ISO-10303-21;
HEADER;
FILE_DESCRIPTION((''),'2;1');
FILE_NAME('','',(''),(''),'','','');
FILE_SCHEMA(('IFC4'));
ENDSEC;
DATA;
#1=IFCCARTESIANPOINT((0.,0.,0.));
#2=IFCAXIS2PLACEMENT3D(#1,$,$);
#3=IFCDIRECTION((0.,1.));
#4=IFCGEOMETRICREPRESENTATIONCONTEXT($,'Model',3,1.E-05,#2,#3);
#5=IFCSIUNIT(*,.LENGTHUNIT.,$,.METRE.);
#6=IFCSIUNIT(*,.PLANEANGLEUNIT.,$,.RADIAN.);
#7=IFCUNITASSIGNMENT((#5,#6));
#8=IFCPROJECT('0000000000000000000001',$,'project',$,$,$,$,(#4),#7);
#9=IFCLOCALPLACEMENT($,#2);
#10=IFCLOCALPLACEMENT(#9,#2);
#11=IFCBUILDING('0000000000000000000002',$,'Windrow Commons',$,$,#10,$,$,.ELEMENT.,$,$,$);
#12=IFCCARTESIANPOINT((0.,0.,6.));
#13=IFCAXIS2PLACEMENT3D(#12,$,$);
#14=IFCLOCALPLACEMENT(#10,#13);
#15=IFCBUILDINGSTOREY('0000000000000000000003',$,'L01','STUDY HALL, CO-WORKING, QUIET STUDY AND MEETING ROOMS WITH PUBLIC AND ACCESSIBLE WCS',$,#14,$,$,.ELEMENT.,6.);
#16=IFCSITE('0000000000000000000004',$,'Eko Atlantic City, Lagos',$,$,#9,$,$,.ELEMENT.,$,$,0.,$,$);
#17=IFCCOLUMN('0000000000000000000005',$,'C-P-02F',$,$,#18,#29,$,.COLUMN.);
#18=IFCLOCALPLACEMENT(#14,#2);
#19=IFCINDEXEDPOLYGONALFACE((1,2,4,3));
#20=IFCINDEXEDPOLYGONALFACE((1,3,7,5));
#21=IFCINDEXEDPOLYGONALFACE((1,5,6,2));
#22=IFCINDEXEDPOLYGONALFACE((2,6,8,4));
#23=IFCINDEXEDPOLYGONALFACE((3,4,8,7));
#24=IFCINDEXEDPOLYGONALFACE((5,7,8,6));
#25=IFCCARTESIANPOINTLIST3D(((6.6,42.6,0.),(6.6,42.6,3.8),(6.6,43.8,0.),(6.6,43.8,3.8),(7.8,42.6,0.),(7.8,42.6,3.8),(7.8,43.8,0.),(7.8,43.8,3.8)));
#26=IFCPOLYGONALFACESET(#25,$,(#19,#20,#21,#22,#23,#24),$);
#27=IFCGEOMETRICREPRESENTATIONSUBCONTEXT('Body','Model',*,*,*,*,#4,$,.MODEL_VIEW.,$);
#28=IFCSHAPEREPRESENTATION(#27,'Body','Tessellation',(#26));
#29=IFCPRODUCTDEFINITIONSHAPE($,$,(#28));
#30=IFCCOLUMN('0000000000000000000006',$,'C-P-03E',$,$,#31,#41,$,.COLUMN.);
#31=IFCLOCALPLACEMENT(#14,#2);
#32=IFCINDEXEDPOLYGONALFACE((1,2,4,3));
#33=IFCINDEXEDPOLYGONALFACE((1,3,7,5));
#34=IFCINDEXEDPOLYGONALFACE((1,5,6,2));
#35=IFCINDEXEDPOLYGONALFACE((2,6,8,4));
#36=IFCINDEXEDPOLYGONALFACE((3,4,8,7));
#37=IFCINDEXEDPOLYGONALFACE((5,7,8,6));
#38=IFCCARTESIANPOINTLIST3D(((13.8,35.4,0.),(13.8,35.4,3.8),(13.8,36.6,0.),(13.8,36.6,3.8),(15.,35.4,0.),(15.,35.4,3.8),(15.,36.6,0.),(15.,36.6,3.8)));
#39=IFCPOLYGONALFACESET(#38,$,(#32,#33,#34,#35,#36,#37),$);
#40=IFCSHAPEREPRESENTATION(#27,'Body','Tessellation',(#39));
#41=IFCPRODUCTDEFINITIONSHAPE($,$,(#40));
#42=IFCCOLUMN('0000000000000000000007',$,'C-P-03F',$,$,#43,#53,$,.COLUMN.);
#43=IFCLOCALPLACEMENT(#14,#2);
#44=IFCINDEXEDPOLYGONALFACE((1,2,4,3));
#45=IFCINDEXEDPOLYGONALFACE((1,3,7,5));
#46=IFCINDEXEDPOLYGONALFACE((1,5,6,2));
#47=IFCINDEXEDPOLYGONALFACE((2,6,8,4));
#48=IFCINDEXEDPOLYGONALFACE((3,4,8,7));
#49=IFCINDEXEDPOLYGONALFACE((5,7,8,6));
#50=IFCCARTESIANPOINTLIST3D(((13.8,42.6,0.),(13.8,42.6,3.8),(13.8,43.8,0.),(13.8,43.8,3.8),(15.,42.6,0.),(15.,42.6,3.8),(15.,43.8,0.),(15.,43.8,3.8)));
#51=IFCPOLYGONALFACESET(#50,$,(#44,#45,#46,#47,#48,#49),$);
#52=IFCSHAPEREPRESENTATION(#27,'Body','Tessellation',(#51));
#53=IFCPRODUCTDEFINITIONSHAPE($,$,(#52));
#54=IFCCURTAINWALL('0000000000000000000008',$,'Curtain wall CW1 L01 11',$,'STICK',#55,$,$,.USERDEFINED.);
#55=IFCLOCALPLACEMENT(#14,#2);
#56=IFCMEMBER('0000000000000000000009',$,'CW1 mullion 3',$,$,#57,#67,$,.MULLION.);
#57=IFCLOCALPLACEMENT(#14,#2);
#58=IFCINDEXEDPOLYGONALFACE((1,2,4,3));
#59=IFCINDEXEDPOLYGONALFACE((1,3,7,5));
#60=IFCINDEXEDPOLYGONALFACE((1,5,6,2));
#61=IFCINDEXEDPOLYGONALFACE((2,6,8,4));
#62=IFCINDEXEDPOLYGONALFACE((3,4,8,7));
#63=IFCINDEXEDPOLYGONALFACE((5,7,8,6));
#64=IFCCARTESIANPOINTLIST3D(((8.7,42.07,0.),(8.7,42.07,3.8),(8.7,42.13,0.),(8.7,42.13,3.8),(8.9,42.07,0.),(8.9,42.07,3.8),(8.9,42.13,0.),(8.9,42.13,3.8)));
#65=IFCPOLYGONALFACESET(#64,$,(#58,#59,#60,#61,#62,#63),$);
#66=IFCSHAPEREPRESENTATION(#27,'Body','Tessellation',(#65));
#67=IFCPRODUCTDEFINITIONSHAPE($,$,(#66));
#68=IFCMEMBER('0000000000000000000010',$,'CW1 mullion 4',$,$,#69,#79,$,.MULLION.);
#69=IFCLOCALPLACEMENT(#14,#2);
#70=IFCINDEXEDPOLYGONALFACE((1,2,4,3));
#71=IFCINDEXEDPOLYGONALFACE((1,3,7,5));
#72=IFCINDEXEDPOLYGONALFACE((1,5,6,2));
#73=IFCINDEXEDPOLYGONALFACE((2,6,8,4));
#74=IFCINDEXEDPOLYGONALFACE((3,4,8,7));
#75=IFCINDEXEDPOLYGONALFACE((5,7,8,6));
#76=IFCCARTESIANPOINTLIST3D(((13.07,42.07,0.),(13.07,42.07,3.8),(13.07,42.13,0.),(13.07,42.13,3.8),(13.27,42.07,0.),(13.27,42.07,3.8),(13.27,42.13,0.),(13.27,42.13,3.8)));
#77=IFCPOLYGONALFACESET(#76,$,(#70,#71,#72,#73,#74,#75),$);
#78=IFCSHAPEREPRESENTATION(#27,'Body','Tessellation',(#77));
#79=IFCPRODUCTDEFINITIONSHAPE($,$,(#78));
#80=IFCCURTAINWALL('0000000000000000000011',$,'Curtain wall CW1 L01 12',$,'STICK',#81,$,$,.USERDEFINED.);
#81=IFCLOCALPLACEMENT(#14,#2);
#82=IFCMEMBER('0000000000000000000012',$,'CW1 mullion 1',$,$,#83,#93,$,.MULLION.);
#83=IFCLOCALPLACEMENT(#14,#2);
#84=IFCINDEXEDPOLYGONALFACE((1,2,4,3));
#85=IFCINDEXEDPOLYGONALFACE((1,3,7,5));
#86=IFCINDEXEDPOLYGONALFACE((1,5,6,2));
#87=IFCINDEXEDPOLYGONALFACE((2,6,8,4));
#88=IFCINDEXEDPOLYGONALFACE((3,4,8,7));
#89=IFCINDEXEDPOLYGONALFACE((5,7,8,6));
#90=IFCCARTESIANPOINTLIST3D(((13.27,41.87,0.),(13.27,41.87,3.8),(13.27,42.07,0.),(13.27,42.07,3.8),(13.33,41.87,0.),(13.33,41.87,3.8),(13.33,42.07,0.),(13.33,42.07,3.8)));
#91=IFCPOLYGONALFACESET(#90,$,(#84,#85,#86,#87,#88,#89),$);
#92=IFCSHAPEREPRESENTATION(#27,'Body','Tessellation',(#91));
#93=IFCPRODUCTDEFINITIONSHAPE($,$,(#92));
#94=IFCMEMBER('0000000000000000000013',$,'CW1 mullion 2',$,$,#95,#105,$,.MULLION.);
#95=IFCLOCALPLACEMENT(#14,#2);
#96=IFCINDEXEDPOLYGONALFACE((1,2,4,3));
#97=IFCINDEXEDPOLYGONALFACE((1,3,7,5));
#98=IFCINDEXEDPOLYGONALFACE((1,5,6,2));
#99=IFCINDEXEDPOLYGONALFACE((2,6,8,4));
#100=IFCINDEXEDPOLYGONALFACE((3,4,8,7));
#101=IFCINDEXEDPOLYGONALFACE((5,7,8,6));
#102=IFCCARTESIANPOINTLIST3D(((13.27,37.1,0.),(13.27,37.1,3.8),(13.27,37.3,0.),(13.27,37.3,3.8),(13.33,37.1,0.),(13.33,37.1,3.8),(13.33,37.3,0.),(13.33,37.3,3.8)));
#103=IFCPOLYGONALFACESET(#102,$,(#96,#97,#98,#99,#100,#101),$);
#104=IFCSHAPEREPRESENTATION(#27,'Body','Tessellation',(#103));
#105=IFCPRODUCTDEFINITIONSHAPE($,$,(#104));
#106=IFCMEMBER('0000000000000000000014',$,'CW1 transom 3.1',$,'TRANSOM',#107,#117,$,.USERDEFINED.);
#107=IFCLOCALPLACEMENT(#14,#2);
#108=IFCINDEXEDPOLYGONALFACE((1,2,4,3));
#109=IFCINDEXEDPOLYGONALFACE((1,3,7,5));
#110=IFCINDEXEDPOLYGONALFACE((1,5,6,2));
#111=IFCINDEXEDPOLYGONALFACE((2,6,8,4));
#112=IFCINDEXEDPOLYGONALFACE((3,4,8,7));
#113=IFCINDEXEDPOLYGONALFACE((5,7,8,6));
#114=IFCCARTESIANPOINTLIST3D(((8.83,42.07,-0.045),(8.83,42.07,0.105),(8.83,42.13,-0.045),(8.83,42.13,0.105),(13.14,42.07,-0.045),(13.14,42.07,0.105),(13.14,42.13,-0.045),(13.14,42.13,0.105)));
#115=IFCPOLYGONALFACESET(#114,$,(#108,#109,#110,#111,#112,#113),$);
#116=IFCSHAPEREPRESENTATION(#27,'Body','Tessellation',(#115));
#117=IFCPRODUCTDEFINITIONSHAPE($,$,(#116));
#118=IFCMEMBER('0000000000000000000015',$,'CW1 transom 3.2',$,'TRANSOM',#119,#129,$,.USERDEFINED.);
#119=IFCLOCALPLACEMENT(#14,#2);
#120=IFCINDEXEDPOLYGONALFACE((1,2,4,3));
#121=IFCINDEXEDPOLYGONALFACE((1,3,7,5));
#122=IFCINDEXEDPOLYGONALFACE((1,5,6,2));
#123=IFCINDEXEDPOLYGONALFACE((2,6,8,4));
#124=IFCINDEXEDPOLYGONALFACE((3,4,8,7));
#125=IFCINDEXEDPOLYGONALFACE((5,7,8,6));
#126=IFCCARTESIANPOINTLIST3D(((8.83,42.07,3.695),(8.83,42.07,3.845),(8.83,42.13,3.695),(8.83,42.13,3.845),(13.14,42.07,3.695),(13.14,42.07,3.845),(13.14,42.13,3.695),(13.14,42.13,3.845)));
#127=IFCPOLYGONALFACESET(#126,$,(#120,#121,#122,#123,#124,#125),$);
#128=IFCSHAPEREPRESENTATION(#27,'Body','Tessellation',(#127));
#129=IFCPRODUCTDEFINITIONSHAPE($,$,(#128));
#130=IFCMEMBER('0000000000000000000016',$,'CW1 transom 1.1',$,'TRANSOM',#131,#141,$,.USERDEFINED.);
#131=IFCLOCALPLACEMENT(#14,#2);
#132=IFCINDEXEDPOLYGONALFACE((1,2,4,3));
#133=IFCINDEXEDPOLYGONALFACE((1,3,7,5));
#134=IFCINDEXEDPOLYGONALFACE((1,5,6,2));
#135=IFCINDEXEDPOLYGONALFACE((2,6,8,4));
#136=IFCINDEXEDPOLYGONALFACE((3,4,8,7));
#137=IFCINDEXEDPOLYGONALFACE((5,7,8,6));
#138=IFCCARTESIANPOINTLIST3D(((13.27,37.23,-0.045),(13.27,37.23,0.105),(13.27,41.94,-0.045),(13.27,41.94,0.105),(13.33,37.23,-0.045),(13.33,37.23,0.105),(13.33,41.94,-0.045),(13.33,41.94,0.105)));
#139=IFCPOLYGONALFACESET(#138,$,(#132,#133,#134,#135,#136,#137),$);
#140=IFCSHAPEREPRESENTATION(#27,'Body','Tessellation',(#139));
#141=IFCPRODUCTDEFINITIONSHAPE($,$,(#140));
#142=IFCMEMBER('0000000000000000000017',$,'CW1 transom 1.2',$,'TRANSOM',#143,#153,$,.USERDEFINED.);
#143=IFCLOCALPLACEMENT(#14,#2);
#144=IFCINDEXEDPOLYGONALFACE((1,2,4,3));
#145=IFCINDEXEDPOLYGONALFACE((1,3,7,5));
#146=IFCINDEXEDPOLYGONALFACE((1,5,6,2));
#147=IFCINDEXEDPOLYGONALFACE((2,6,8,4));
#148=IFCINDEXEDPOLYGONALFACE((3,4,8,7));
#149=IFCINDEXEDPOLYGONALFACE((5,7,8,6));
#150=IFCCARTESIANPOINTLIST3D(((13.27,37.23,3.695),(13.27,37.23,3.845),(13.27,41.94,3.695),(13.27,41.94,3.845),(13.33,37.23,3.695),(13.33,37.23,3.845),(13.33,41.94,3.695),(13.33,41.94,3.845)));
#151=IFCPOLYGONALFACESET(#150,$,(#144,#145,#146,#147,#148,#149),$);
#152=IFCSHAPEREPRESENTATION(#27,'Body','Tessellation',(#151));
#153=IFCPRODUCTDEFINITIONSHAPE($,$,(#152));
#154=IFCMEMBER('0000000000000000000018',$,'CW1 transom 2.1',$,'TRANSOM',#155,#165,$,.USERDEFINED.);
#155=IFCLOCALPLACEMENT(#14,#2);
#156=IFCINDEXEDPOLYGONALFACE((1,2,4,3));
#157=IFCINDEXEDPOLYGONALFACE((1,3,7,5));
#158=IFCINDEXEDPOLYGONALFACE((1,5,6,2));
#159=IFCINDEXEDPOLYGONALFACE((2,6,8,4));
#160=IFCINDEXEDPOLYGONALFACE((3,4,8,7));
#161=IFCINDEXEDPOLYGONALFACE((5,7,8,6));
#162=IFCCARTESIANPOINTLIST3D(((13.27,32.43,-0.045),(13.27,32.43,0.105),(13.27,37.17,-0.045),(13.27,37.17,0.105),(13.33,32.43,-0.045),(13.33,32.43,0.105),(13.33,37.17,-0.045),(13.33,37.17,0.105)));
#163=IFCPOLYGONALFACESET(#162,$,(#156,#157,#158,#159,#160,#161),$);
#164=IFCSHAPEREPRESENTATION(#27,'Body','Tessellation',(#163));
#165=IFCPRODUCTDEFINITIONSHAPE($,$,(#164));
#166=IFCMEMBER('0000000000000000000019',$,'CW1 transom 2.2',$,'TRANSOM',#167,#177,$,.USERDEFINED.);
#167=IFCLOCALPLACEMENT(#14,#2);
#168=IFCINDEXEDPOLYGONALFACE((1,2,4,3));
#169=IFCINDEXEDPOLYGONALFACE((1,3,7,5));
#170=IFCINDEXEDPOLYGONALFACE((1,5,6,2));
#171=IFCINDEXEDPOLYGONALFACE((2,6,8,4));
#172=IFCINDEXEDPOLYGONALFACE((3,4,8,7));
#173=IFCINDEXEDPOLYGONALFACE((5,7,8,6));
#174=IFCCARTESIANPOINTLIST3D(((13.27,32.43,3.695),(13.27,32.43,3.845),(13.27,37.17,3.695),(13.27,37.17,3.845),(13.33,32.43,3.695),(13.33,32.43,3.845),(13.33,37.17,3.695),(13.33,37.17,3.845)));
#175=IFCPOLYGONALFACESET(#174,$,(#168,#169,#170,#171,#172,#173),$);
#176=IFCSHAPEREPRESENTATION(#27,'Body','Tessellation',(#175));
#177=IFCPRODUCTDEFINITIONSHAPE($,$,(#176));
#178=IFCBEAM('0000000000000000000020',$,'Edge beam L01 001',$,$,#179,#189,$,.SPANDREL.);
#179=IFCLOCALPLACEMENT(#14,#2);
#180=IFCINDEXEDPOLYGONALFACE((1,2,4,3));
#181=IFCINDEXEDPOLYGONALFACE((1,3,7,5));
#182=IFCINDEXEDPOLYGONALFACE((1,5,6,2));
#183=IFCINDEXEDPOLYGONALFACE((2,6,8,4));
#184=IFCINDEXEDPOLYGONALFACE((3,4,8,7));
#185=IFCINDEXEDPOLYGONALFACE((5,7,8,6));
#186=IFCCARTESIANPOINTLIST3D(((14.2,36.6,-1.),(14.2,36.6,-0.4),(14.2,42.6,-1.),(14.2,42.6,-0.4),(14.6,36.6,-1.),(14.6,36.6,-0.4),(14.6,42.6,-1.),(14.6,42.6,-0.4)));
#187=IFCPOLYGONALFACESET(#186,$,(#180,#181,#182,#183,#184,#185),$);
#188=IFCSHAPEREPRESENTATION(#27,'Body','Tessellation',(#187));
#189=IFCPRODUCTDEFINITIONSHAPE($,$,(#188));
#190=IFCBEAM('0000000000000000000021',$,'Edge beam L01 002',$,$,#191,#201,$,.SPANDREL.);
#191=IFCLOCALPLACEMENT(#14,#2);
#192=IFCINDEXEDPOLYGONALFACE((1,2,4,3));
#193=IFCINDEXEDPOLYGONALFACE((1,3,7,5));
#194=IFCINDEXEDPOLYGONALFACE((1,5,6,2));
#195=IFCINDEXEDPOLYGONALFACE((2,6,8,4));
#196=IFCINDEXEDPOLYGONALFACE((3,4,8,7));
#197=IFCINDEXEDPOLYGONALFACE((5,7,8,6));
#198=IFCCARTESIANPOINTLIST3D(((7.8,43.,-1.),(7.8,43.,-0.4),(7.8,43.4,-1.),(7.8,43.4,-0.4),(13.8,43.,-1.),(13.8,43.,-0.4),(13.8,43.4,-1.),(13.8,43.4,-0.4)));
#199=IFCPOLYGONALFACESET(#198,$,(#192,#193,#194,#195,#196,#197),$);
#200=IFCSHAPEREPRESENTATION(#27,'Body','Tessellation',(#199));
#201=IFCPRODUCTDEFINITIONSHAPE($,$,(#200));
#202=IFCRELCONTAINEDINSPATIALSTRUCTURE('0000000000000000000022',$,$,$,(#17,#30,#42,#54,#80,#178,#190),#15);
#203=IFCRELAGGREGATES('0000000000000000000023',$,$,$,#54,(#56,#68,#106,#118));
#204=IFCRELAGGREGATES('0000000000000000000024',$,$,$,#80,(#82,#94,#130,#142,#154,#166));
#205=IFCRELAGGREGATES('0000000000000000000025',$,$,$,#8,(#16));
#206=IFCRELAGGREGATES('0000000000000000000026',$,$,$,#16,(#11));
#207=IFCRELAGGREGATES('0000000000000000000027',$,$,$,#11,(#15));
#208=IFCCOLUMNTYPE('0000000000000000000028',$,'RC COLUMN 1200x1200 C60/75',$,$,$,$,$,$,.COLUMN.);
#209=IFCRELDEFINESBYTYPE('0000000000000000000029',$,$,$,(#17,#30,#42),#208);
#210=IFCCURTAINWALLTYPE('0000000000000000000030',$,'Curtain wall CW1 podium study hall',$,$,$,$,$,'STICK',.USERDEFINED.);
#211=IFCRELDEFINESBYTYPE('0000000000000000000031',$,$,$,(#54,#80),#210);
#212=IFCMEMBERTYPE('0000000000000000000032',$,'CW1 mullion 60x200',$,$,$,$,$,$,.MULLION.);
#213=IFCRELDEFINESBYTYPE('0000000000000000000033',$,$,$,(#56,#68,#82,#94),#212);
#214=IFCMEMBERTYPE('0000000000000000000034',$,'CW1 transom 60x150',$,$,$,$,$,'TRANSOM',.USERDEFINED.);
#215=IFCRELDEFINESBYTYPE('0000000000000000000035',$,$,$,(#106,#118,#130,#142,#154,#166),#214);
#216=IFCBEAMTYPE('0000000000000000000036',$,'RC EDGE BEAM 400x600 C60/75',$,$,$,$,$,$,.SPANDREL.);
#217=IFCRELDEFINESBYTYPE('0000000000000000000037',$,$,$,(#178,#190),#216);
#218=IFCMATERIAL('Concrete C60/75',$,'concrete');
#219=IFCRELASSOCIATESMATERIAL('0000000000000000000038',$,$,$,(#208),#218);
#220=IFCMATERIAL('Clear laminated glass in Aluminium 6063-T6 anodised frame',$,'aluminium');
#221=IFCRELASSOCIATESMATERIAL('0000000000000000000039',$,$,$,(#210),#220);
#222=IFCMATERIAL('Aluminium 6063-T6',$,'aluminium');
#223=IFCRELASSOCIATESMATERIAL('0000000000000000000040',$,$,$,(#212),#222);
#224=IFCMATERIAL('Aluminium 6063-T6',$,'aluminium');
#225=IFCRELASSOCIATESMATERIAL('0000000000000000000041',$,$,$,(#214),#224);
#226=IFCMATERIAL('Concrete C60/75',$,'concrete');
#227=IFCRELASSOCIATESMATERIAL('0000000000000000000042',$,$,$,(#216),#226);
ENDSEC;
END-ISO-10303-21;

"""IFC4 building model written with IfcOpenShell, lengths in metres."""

from ifc_helpers import new_model, si_unit, direction, frame, origin, origin_2d, place, context, subcontext, project, spatial, rectangle, extrude, material, material_profile, profile_set, type_object, element, aggregate, save


model = new_model("IFC4")

# Units and contexts
model_context = context("Model", 3, precision=1e-05, world=origin(), true_north=direction((0.0, 1.0)))
body_context = subcontext(model_context, "Body", "Model", "MODEL_VIEW")
ifc_project = project(units=[si_unit("LENGTHUNIT", "METRE"), si_unit("PLANEANGLEUNIT", "RADIAN")], contexts=[model_context])

# Site, building, storey
site_placement = place(None, origin())
site = spatial("IfcSite", under=ifc_project, at=site_placement, Name="Eko Atlantic City, Lagos", CompositionType="ELEMENT", RefElevation=0.0)
building_placement = place(site_placement, origin())
building = spatial("IfcBuilding", under=site, at=building_placement, Name="Windrow Commons", CompositionType="ELEMENT")
storey_placement = place(building_placement, frame((0.0, 0.0, 6.0)))
storey = spatial("IfcBuildingStorey", under=building, at=storey_placement, Name="L01", Description="STUDY HALL, CO-WORKING, QUIET STUDY AND MEETING ROOMS WITH PUBLIC AND ACCESSIBLE WCS", CompositionType="ELEMENT", Elevation=6.0)

# Columns
ifc_material_1 = material(Name="Concrete C60/75", Category="concrete")
ifc_material_profile_1 = material_profile(ifc_material_1, rectangle(XDim=1.2, YDim=1.2, at=origin_2d()))
ifc_profile_set_1 = profile_set([ifc_material_profile_1], Name="Concrete C60/75")
column_type = type_object("IfcColumnType", Name="RC COLUMN 1200x1200 C60/75", PredefinedType="COLUMN", material=ifc_profile_set_1)
for number, where, z_axis, x_axis, name in (
    (1, (7.2, 43.2, 0.0), (0.0, 0.0, 1.0), (1.0, 0.0, 0.0), "C-P-02F"),
    (2, (14.4, 36.0, 0.0), (0.0, 0.0, 1.0), (1.0, 0.0, 0.0), "C-P-03E"),
    (3, (14.4, 43.2, 0.0), (0.0, 0.0, 1.0), (1.0, 0.0, 0.0), "C-P-03F"),
):
    element("IfcColumn", number, at=place(storey_placement, frame(where, z_axis=z_axis, x_axis=x_axis)), inside=storey, type_object=column_type, Name=name, PredefinedType="COLUMN", context=body_context, shape_type="SweptSolid", body=[
        extrude(rectangle(XDim=1.2, YDim=1.2, at=origin_2d()), origin(), (0.0, 0.0, 1.0), 3.8),
    ])

# Curtain walls, members
ifc_material_2 = material(Name="Clear laminated glass in Aluminium 6063-T6 anodised frame", Category="aluminium")
curtain_wall_type = type_object("IfcCurtainWallType", Name="Curtain wall CW1 podium study hall", ElementType="STICK", PredefinedType="USERDEFINED", material=ifc_material_2)
placement = place(storey_placement, origin())
curtain_wall_1 = element("IfcCurtainWall", 4, at=placement, inside=storey, type_object=curtain_wall_type, Name="Curtain wall CW1 L01 11", ObjectType="STICK", PredefinedType="USERDEFINED")
ifc_material_3 = material(Name="Aluminium 6063-T6", Category="aluminium")
ifc_material_profile_2 = material_profile(ifc_material_3, rectangle(XDim=0.06, YDim=0.2, at=origin_2d()))
ifc_profile_set_2 = profile_set([ifc_material_profile_2], Name="Aluminium 6063-T6")
member_type_1 = type_object("IfcMemberType", Name="CW1 mullion 60x200", PredefinedType="MULLION", material=ifc_profile_set_2)
member_1_placement = place(storey_placement, frame((8.8, 42.1, 0.0), z_axis=(0.0, 0.0, 1.0), x_axis=(0.0, 1.0, 0.0)))
member_1 = element("IfcMember", 5, at=member_1_placement, type_object=member_type_1, Name="CW1 mullion 3", PredefinedType="MULLION", context=body_context, shape_type="SweptSolid", body=[
    extrude(rectangle(XDim=0.06, YDim=0.2, at=origin_2d()), origin(), (0.0, 0.0, 1.0), 3.8),
])
member_2_placement = place(storey_placement, frame((13.17, 42.1, 0.0), z_axis=(0.0, 0.0, 1.0), x_axis=(0.0, 1.0, 0.0)))
member_2 = element("IfcMember", 6, at=member_2_placement, type_object=member_type_1, Name="CW1 mullion 4", PredefinedType="MULLION", context=body_context, shape_type="SweptSolid", body=[
    extrude(rectangle(XDim=0.06, YDim=0.2, at=origin_2d()), origin(), (0.0, 0.0, 1.0), 3.8),
])
curtain_wall_2 = element("IfcCurtainWall", 7, at=placement, inside=storey, type_object=curtain_wall_type, Name="Curtain wall CW1 L01 12", ObjectType="STICK", PredefinedType="USERDEFINED")
member_3_placement = place(storey_placement, frame((13.3, 41.97, 0.0), z_axis=(0.0, 0.0, 1.0), x_axis=(1.0, 0.0, 0.0)))
member_3 = element("IfcMember", 8, at=member_3_placement, type_object=member_type_1, Name="CW1 mullion 1", PredefinedType="MULLION", context=body_context, shape_type="SweptSolid", body=[
    extrude(rectangle(XDim=0.06, YDim=0.2, at=origin_2d()), origin(), (0.0, 0.0, 1.0), 3.8),
])
member_4_placement = place(storey_placement, frame((13.3, 37.2, 0.0), z_axis=(0.0, 0.0, 1.0), x_axis=(1.0, 0.0, 0.0)))
member_4 = element("IfcMember", 9, at=member_4_placement, type_object=member_type_1, Name="CW1 mullion 2", PredefinedType="MULLION", context=body_context, shape_type="SweptSolid", body=[
    extrude(rectangle(XDim=0.06, YDim=0.2, at=origin_2d()), origin(), (0.0, 0.0, 1.0), 3.8),
])

# Members
ifc_material_4 = material(Name="Aluminium 6063-T6", Category="aluminium")
ifc_material_profile_3 = material_profile(ifc_material_4, rectangle(XDim=0.06, YDim=0.15, at=origin_2d()))
ifc_profile_set_3 = profile_set([ifc_material_profile_3], Name="Aluminium 6063-T6")
member_type_2 = type_object("IfcMemberType", Name="CW1 transom 60x150", ElementType="TRANSOM", PredefinedType="USERDEFINED", material=ifc_profile_set_3)
member_5_placement = place(storey_placement, frame((8.83, 42.1, 0.03), z_axis=(1.0, 0.0, 0.0), x_axis=(0.0, 1.0, 0.0)))
member_5 = element("IfcMember", 10, at=member_5_placement, type_object=member_type_2, Name="CW1 transom 3.1", ObjectType="TRANSOM", PredefinedType="USERDEFINED", context=body_context, shape_type="SweptSolid", body=[
    extrude(rectangle(XDim=0.06, YDim=0.15, at=origin_2d()), origin(), (0.0, 0.0, 1.0), 4.31),
])
member_6_placement = place(storey_placement, frame((8.83, 42.1, 3.77), z_axis=(1.0, 0.0, 0.0), x_axis=(0.0, 1.0, 0.0)))
member_6 = element("IfcMember", 11, at=member_6_placement, type_object=member_type_2, Name="CW1 transom 3.2", ObjectType="TRANSOM", PredefinedType="USERDEFINED", context=body_context, shape_type="SweptSolid", body=[
    extrude(rectangle(XDim=0.06, YDim=0.15, at=origin_2d()), origin(), (0.0, 0.0, 1.0), 4.31),
])
member_7_placement = place(storey_placement, frame((13.3, 41.94, 0.03), z_axis=(0.0, -1.0, 0.0), x_axis=(1.0, 0.0, 0.0)))
member_7 = element("IfcMember", 12, at=member_7_placement, type_object=member_type_2, Name="CW1 transom 1.1", ObjectType="TRANSOM", PredefinedType="USERDEFINED", context=body_context, shape_type="SweptSolid", body=[
    extrude(rectangle(XDim=0.06, YDim=0.15, at=origin_2d()), origin(), (0.0, 0.0, 1.0), 4.71),
])
member_8_placement = place(storey_placement, frame((13.3, 41.94, 3.77), z_axis=(0.0, -1.0, 0.0), x_axis=(1.0, 0.0, 0.0)))
member_8 = element("IfcMember", 13, at=member_8_placement, type_object=member_type_2, Name="CW1 transom 1.2", ObjectType="TRANSOM", PredefinedType="USERDEFINED", context=body_context, shape_type="SweptSolid", body=[
    extrude(rectangle(XDim=0.06, YDim=0.15, at=origin_2d()), origin(), (0.0, 0.0, 1.0), 4.71),
])
member_9_placement = place(storey_placement, frame((13.3, 37.17, 0.03), z_axis=(0.0, -1.0, 0.0), x_axis=(1.0, 0.0, 0.0)))
member_9 = element("IfcMember", 14, at=member_9_placement, type_object=member_type_2, Name="CW1 transom 2.1", ObjectType="TRANSOM", PredefinedType="USERDEFINED", context=body_context, shape_type="SweptSolid", body=[
    extrude(rectangle(XDim=0.06, YDim=0.15, at=origin_2d()), origin(), (0.0, 0.0, 1.0), 4.74),
])
member_10_placement = place(storey_placement, frame((13.3, 37.17, 3.77), z_axis=(0.0, -1.0, 0.0), x_axis=(1.0, 0.0, 0.0)))
member_10 = element("IfcMember", 15, at=member_10_placement, type_object=member_type_2, Name="CW1 transom 2.2", ObjectType="TRANSOM", PredefinedType="USERDEFINED", context=body_context, shape_type="SweptSolid", body=[
    extrude(rectangle(XDim=0.06, YDim=0.15, at=origin_2d()), origin(), (0.0, 0.0, 1.0), 4.74),
])

# Beams
ifc_material_5 = material(Name="Concrete C60/75", Category="concrete")
ifc_material_profile_4 = material_profile(ifc_material_5, rectangle(XDim=0.4, YDim=0.6, at=origin_2d()))
ifc_profile_set_4 = profile_set([ifc_material_profile_4], Name="Concrete C60/75")
beam_type = type_object("IfcBeamType", Name="RC EDGE BEAM 400x600 C60/75", PredefinedType="SPANDREL", material=ifc_profile_set_4)
for number, where, z_axis, x_axis, name in (
    (16, (14.4, 36.6, -0.7), (0.0, 1.0, 0.0), (-1.0, 0.0, 0.0), "Edge beam L01 001"),
    (17, (13.8, 43.2, -0.7), (-1.0, 0.0, 0.0), (0.0, -1.0, 0.0), "Edge beam L01 002"),
):
    element("IfcBeam", number, at=place(storey_placement, frame(where, z_axis=z_axis, x_axis=x_axis)), inside=storey, type_object=beam_type, Name=name, PredefinedType="SPANDREL", context=body_context, shape_type="SweptSolid", body=[
        extrude(rectangle(XDim=0.4, YDim=0.6, at=origin_2d()), origin(), (0.0, 0.0, 1.0), 6.0),
    ])

aggregate(curtain_wall_1, [member_1, member_2, member_5, member_6])
aggregate(curtain_wall_2, [member_3, member_4, member_7, member_8, member_9, member_10])

save(model, "model.ifc")
